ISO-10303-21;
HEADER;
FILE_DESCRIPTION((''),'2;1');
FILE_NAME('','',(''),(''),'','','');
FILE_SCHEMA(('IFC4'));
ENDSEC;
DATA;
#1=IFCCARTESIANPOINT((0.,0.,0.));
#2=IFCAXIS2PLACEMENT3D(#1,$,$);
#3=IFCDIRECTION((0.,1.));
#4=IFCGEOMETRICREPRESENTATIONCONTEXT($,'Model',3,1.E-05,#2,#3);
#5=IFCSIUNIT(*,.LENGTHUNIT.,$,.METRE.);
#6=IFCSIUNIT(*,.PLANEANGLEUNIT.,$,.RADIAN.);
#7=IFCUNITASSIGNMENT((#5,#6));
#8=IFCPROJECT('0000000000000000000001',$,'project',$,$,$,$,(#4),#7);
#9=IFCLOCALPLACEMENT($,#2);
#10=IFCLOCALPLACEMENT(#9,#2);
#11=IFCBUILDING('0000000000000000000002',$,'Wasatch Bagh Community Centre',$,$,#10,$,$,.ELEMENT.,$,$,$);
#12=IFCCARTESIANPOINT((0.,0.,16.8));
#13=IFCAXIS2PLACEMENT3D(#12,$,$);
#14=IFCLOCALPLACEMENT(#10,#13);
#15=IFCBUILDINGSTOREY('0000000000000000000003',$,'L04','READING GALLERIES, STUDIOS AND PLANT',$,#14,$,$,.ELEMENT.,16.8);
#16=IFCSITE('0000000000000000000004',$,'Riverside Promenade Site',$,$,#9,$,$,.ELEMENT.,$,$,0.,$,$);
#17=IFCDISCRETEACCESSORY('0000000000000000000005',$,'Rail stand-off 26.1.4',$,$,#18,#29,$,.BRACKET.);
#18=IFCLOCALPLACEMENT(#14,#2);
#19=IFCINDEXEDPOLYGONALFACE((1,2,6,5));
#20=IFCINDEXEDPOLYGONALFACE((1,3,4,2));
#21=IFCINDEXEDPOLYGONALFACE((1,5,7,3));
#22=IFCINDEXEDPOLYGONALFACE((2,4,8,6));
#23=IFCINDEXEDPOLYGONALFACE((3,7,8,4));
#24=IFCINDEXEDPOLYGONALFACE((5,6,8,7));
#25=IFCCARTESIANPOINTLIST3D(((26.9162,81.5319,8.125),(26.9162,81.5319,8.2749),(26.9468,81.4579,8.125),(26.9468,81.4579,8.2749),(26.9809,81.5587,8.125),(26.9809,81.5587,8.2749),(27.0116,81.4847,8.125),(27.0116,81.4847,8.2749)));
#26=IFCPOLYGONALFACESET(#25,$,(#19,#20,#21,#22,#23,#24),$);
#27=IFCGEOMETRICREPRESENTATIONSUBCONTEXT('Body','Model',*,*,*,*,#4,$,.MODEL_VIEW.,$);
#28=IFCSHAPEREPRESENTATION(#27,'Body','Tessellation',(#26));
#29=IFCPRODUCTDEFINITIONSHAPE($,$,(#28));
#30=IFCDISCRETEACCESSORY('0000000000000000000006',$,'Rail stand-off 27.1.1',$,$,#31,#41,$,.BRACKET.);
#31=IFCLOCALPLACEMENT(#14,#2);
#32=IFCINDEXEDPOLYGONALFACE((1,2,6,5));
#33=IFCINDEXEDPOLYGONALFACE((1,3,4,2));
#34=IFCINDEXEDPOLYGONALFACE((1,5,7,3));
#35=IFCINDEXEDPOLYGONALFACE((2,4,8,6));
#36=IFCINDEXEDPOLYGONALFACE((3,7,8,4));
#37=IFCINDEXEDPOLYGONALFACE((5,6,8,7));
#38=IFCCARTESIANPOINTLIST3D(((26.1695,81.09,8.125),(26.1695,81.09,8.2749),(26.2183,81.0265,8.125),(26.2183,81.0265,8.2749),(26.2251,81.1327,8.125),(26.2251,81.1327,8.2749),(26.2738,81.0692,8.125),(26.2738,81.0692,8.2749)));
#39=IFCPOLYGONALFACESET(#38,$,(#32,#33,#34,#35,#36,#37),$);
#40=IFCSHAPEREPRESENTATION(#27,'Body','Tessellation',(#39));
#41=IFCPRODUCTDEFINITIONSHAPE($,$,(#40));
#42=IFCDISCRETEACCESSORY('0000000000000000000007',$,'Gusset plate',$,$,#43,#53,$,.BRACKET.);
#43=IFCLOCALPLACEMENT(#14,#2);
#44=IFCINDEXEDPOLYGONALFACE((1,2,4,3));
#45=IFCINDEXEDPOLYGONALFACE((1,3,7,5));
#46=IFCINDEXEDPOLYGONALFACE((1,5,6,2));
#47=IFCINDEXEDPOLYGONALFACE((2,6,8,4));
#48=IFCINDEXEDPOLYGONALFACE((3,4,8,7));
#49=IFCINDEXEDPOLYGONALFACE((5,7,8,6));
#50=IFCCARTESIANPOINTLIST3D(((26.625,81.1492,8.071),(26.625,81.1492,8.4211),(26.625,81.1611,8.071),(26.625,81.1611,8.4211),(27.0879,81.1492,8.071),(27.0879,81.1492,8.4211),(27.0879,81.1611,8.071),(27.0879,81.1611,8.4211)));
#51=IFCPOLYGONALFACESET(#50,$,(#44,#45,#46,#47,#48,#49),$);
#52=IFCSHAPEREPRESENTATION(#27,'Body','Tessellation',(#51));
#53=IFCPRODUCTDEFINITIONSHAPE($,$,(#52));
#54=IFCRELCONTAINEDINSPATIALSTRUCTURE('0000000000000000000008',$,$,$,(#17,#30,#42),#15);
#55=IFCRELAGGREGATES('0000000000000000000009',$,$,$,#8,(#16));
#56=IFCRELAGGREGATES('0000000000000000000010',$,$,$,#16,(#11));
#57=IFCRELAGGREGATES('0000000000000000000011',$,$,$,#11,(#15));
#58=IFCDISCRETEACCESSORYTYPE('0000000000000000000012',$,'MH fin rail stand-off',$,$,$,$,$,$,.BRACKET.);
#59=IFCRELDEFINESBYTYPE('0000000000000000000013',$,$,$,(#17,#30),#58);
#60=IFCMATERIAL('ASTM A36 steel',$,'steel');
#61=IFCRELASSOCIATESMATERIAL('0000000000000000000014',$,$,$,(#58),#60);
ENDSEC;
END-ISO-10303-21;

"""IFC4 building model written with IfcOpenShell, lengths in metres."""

from ifc_helpers import new_model, si_unit, direction, frame, origin, origin_2d, place, context, subcontext, project, spatial, polyline, rectangle, outline, extrude, material, type_object, element, save


model = new_model("IFC4")

# Units and contexts
model_context = context("Model", 3, precision=1e-05, world=origin(), true_north=direction((0.0, 1.0)))
body_context = subcontext(model_context, "Body", "Model", "MODEL_VIEW")
ifc_project = project(units=[si_unit("LENGTHUNIT", "METRE"), si_unit("PLANEANGLEUNIT", "RADIAN")], contexts=[model_context])

# Site, building, storey
site_placement = place(None, origin())
site = spatial("IfcSite", under=ifc_project, at=site_placement, Name="Riverside Promenade Site", CompositionType="ELEMENT", RefElevation=0.0)
building_placement = place(site_placement, origin())
building = spatial("IfcBuilding", under=site, at=building_placement, Name="Wasatch Bagh Community Centre", CompositionType="ELEMENT")
storey_placement = place(building_placement, frame((0.0, 0.0, 16.8)))
storey = spatial("IfcBuildingStorey", under=building, at=storey_placement, Name="L04", Description="READING GALLERIES, STUDIOS AND PLANT", CompositionType="ELEMENT", Elevation=16.8)

# Shared definitions
ifc_material_1 = material(Name="ASTM A36 steel", Category="steel")

# Discrete accessories
discrete_accessory_type_1 = type_object("IfcDiscreteAccessoryType", Name="MH fin rail stand-off", PredefinedType="BRACKET", material=ifc_material_1)
for number, where, z_axis, x_axis, name in (
    (1, (26.9639, 81.5083, 8.125), (0.0, 0.0, 1.0), (-0.92388, -0.382683, 0.0), "Rail stand-off 26.1.4"),
    (2, (26.2217, 81.0796, 8.125), (0.0, 0.0, 1.0), (-0.793353, -0.608761, 0.0), "Rail stand-off 27.1.1"),
):
    element("IfcDiscreteAccessory", number, at=place(storey_placement, frame(where, z_axis=z_axis, x_axis=x_axis)), inside=storey, type_object=discrete_accessory_type_1, Name=name, PredefinedType="BRACKET", context=body_context, shape_type="SweptSolid", body=[
        extrude(rectangle(XDim=0.0701, YDim=0.0801, at=origin_2d()), origin(), (0.0, 0.0, 1.0), 0.1499),
    ])
discrete_accessory_1_placement = place(storey_placement, frame((26.625, 81.1492, 8.071), z_axis=(0.0, -1.0, 0.0), x_axis=(1.0, 0.0, 0.0)))
element("IfcDiscreteAccessory", 3, at=discrete_accessory_1_placement, inside=storey, Name="Gusset plate", PredefinedType="BRACKET", context=body_context, shape_type="SweptSolid", body=[
    extrude(outline(polyline([(0.0, 0.0), (0.4629, 0.0), (0.4629, 0.3501), (0.0, 0.3501), (0.0, 0.0)])), origin(), (0.0, 0.0, -1.0), 0.012),
])

save(model, "model.ifc")
